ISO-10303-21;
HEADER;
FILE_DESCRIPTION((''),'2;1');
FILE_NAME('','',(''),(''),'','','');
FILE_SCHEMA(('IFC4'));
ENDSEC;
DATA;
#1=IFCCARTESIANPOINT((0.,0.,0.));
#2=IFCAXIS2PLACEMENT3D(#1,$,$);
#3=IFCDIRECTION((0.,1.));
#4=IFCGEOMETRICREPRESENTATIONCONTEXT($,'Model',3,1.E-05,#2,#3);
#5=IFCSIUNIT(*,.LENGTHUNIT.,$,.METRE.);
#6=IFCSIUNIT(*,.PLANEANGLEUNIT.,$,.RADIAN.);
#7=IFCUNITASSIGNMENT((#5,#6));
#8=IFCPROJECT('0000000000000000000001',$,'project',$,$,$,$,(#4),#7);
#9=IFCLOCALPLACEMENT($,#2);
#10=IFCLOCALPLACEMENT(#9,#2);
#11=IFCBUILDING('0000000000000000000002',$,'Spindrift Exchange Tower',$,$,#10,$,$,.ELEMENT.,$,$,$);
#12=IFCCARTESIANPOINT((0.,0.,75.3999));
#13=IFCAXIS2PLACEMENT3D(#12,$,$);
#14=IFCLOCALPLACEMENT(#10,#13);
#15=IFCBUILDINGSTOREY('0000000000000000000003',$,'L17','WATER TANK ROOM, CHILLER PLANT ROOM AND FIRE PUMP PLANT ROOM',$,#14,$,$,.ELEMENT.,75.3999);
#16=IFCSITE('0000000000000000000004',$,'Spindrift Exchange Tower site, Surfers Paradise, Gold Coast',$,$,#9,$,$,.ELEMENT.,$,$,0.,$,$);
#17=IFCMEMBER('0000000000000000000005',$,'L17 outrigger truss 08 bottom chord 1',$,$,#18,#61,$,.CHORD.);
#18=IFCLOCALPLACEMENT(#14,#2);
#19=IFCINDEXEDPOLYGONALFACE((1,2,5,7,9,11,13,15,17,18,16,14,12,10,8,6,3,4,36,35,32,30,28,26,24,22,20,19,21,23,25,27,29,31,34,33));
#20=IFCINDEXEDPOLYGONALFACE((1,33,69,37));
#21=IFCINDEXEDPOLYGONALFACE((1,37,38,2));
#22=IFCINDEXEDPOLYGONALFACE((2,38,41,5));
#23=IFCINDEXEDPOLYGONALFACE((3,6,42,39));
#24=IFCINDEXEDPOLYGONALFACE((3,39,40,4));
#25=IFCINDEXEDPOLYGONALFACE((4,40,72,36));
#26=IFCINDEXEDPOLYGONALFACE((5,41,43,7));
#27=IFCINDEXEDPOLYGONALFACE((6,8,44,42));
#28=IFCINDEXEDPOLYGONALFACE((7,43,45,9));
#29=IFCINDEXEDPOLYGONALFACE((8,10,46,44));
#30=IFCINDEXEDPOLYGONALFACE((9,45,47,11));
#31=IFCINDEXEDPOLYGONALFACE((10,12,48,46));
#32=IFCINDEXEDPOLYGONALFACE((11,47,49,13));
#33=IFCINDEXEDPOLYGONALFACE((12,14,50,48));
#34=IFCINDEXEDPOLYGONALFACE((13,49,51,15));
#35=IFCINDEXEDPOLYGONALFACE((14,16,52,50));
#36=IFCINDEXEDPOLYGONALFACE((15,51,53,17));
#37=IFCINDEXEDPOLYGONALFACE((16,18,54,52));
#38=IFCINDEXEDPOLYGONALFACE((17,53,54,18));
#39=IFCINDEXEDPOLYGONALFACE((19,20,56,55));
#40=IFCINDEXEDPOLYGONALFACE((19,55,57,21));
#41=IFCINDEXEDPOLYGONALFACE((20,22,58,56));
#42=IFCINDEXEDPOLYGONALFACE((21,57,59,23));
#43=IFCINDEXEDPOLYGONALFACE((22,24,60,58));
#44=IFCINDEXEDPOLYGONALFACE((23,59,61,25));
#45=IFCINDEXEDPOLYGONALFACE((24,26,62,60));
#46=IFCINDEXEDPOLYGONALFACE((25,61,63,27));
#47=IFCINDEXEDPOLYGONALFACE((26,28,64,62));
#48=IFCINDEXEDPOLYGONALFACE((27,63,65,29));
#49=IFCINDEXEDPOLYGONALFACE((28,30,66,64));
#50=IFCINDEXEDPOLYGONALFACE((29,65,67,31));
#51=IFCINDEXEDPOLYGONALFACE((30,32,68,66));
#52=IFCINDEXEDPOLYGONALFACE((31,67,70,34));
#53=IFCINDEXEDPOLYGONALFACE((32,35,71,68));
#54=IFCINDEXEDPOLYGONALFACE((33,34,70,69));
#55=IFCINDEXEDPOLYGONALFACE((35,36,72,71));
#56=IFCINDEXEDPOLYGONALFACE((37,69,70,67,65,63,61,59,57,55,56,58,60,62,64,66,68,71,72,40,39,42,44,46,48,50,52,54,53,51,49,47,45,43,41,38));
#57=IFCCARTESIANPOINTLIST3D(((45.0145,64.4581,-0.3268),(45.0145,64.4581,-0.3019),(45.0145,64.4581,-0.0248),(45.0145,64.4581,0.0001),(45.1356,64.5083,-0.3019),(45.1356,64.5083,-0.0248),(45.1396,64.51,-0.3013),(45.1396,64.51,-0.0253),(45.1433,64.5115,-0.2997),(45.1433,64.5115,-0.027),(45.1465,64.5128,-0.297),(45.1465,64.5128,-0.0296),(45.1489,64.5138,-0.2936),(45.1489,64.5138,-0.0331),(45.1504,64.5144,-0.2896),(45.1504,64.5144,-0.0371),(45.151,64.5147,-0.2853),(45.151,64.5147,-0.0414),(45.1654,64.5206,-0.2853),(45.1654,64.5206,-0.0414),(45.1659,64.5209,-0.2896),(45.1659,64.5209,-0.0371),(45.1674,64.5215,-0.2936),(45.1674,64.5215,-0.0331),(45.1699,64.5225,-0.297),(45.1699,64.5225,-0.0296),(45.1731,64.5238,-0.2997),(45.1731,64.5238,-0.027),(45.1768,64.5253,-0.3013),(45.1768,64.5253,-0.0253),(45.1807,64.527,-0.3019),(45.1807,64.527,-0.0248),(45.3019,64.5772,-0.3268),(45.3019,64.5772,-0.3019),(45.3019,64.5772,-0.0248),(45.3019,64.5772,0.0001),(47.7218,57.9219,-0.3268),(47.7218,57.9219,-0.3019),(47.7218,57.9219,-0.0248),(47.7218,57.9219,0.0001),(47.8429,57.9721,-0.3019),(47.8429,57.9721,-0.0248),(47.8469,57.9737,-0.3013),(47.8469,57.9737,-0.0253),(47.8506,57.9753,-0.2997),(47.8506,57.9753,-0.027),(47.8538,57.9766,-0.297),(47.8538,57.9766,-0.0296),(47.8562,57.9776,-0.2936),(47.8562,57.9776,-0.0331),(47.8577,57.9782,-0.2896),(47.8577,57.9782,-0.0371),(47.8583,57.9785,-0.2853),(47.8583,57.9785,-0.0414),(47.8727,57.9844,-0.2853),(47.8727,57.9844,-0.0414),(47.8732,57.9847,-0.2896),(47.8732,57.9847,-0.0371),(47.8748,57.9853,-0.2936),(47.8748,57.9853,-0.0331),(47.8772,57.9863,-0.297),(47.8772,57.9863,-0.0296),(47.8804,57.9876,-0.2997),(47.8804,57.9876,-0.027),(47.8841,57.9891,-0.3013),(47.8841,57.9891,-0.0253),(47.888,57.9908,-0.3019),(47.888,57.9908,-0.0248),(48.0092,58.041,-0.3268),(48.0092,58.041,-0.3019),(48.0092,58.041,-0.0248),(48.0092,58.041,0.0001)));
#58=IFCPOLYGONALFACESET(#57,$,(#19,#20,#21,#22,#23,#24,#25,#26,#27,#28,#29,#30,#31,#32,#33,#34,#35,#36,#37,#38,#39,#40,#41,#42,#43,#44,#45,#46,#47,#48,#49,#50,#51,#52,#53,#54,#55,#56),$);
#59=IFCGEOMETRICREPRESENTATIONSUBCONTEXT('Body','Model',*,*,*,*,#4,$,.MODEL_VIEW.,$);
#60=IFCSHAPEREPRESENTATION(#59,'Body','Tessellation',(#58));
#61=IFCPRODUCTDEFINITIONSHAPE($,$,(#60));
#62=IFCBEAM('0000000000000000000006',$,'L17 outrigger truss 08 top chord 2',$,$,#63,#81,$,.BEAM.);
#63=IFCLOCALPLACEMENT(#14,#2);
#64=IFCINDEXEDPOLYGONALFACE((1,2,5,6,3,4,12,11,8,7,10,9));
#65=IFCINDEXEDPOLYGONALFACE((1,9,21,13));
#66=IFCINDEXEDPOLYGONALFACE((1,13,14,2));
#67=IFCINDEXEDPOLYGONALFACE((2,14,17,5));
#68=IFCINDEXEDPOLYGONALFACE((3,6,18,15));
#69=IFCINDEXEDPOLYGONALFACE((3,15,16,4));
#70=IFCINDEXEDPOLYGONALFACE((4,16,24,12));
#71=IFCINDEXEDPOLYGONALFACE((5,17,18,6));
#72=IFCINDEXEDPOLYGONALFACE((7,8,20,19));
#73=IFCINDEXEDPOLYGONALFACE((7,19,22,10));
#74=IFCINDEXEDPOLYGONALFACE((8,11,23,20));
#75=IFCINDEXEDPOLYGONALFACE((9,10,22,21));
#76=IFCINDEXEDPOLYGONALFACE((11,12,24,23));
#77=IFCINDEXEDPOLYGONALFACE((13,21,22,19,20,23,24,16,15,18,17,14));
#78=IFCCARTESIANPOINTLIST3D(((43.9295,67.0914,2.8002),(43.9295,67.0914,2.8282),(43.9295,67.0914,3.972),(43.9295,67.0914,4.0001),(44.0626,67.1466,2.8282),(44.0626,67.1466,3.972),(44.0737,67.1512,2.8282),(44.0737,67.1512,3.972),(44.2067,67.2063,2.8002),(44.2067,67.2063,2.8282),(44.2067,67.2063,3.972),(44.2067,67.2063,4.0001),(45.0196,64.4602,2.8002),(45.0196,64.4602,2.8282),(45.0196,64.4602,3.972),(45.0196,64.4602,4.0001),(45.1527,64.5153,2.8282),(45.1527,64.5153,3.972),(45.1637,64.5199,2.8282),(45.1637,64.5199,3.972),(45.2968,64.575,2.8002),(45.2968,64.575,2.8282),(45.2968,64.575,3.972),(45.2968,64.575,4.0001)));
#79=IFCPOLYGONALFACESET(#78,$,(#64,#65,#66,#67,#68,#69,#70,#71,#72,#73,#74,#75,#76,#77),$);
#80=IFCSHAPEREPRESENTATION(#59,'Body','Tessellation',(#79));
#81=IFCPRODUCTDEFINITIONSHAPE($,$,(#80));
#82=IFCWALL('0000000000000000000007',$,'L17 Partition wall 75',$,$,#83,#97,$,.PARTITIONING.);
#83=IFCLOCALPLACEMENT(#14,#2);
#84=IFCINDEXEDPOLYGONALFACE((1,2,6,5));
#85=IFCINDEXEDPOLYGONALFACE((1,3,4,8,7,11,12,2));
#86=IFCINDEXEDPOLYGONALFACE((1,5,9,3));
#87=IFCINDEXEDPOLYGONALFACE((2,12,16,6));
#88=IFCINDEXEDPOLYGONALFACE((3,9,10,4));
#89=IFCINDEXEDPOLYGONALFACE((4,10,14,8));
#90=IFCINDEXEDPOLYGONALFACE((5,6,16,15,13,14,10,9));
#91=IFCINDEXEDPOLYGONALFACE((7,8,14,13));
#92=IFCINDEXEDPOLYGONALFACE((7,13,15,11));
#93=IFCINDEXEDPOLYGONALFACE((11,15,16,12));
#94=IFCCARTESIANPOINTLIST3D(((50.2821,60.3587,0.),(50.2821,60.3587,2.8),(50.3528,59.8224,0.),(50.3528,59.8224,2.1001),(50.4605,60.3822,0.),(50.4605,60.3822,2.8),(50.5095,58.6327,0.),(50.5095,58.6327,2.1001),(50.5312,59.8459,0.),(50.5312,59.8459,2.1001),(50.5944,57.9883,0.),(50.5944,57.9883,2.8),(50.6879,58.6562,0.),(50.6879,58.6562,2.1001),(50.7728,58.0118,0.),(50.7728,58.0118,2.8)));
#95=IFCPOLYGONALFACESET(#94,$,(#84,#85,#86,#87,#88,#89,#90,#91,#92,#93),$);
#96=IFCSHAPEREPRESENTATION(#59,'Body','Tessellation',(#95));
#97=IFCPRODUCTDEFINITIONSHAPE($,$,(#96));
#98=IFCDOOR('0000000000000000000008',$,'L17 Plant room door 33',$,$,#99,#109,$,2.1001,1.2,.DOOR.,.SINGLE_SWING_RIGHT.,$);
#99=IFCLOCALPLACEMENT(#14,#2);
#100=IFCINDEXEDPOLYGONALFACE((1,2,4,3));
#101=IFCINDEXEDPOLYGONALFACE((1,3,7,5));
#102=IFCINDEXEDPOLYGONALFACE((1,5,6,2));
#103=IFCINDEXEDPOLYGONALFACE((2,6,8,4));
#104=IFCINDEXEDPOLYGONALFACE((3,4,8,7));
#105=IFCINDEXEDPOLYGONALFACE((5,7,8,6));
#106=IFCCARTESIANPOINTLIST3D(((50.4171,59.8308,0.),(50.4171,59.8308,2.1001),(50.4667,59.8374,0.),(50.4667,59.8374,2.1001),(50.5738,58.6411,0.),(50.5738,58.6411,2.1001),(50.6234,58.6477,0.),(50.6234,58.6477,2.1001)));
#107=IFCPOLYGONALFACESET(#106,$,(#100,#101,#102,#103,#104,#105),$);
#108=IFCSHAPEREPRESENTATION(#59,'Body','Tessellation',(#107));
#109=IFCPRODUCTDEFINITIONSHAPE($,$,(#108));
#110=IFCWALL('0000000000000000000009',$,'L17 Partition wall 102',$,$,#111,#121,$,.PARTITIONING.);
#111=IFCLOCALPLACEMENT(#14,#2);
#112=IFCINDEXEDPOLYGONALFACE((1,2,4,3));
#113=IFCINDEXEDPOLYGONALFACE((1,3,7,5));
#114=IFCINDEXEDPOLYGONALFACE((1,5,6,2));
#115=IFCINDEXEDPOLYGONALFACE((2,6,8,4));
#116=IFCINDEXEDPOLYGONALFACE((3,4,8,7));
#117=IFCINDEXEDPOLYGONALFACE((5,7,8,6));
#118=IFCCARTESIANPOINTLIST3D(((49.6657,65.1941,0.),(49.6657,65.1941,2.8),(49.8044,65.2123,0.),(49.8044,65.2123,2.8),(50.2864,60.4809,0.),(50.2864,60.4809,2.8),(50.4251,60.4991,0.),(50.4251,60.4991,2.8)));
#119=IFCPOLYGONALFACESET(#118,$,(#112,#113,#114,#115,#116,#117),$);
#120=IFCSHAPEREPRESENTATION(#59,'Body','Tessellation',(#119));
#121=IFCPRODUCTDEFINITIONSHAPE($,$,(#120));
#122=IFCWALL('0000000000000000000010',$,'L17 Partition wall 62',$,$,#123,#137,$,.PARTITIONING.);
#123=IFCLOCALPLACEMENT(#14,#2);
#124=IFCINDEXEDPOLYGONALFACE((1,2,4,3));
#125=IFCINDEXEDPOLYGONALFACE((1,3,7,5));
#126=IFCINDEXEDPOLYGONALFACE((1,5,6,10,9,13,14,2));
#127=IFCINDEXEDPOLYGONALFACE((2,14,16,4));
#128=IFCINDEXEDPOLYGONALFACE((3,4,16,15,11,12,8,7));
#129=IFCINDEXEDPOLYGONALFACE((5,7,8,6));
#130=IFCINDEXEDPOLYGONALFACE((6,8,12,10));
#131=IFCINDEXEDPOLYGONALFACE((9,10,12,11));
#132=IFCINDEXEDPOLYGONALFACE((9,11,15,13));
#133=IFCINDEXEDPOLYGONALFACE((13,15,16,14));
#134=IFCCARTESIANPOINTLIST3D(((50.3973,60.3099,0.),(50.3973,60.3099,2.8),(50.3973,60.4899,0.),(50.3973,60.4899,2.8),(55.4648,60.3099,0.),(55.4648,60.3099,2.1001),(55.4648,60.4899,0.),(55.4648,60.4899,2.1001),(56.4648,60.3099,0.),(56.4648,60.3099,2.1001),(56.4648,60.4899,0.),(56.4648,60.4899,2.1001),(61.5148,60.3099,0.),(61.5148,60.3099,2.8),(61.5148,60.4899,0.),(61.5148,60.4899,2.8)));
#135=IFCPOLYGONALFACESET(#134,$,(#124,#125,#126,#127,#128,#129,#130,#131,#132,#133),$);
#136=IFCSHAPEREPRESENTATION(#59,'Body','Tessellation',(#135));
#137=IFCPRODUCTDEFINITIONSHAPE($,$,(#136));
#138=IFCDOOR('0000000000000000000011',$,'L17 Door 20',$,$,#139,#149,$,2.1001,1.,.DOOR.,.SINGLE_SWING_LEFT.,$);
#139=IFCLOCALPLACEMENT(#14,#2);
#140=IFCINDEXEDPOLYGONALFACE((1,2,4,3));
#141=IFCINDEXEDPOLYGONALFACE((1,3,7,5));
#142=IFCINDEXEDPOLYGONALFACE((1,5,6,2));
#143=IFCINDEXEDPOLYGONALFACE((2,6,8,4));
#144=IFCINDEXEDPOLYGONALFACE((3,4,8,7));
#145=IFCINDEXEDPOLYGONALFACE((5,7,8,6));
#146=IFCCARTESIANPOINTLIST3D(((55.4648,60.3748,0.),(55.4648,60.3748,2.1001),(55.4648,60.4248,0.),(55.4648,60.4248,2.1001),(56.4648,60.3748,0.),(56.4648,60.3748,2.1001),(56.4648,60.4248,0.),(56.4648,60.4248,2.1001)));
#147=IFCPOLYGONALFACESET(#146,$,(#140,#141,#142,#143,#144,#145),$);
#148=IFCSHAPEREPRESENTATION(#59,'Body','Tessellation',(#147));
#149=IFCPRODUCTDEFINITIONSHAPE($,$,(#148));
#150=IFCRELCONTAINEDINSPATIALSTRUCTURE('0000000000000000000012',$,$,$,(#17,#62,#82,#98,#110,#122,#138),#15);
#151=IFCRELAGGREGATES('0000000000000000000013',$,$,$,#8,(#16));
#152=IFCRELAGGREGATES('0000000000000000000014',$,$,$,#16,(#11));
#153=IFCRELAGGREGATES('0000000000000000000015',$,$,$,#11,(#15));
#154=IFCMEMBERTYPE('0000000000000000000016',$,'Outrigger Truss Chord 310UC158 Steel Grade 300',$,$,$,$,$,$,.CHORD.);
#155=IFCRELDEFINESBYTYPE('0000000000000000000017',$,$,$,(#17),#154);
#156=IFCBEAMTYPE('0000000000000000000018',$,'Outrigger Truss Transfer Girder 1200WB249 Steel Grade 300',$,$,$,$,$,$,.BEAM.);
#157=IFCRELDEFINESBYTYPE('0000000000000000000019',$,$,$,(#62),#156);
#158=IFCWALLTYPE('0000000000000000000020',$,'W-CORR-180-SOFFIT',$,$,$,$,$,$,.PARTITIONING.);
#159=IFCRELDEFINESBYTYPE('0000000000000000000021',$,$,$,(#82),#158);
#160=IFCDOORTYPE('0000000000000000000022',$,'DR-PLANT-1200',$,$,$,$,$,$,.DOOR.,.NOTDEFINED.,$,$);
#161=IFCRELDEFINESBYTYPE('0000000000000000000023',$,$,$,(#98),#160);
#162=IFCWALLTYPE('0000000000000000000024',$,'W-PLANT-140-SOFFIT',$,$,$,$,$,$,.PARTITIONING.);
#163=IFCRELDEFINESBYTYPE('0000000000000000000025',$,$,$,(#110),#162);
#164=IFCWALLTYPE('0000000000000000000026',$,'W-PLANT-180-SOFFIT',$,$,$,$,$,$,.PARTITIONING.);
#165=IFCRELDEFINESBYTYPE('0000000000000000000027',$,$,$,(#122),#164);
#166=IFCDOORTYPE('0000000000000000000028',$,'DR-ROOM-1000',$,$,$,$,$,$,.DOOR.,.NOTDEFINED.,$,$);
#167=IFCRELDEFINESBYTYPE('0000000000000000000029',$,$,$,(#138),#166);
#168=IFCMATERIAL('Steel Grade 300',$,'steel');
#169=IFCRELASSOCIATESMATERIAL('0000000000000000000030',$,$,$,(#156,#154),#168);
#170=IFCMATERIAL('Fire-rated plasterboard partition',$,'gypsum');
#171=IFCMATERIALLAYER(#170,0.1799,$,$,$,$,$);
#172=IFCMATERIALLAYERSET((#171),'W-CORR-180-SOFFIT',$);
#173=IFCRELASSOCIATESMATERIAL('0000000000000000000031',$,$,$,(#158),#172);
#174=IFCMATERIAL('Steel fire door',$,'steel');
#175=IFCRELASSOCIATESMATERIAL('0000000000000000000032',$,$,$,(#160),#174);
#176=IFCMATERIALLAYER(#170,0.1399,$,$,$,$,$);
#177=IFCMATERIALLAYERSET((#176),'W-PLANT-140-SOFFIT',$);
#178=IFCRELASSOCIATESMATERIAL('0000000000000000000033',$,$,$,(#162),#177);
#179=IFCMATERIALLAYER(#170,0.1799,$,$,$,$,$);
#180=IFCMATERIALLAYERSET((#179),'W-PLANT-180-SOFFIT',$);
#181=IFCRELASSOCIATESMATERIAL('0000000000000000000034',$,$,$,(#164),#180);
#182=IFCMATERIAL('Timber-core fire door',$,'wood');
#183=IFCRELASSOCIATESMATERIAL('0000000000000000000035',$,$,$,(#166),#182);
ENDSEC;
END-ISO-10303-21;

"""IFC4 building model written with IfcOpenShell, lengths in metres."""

from ifc_helpers import new_model, si_unit, direction, frame, frame_2d, origin, origin_2d, place, context, subcontext, project, spatial, rectangle, i_section, extrude, source, transform, mapped, material, layer, layer_set, material_profile, profile_set, type_object, element, fill, save


model = new_model("IFC4")

# Units and contexts
model_context = context("Model", 3, precision=1e-05, world=origin(), true_north=direction((0.0, 1.0)))
body_context = subcontext(model_context, "Body", "Model", "MODEL_VIEW")
ifc_project = project(units=[si_unit("LENGTHUNIT", "METRE"), si_unit("PLANEANGLEUNIT", "RADIAN")], contexts=[model_context])

# Site, building, storey
site_placement = place(None, origin())
site = spatial("IfcSite", under=ifc_project, at=site_placement, Name="Spindrift Exchange Tower site, Surfers Paradise, Gold Coast", CompositionType="ELEMENT", RefElevation=0.0)
building_placement = place(site_placement, origin())
building = spatial("IfcBuilding", under=site, at=building_placement, Name="Spindrift Exchange Tower", CompositionType="ELEMENT")
storey_placement = place(building_placement, frame((0.0, 0.0, 75.3999)))
storey = spatial("IfcBuildingStorey", under=building, at=storey_placement, Name="L17", Description="WATER TANK ROOM, CHILLER PLANT ROOM AND FIRE PUMP PLANT ROOM", CompositionType="ELEMENT", Elevation=75.3999)

# Shared definitions
ifc_material_1 = material(Name="Steel Grade 300", Category="steel")
ifc_material_profile_1 = material_profile(ifc_material_1, i_section(OverallWidth=0.3, OverallDepth=1.2, WebThickness=0.012, FlangeThickness=0.0281, at=origin_2d()), Name="1200WB249")
ifc_profile_set_1 = profile_set([ifc_material_profile_1], Name="Steel Grade 300")
beam_type = type_object("IfcBeamType", Name="Outrigger Truss Transfer Girder 1200WB249 Steel Grade 300", PredefinedType="BEAM", material=ifc_profile_set_1)

# Shared definitions
ifc_material_profile_2 = material_profile(ifc_material_1, i_section(OverallWidth=0.311, OverallDepth=0.3269, WebThickness=0.0156, FlangeThickness=0.0249, FilletRadius=0.0166, at=origin_2d()), Name="310UC158")
ifc_profile_set_2 = profile_set([ifc_material_profile_2], Name="Steel Grade 300")
member_type = type_object("IfcMemberType", Name="Outrigger Truss Chord 310UC158 Steel Grade 300", PredefinedType="CHORD", material=ifc_profile_set_2)

# Member
shared_shape_1 = source(origin(), body_context, "Body", "SweptSolid", [
    extrude(i_section(OverallWidth=0.311, OverallDepth=0.3269, WebThickness=0.0156, FlangeThickness=0.0249, FilletRadius=0.0166, at=origin_2d()), origin(), (0.0, 0.0, 1.0), 7.0747),
])
member_1_placement = place(storey_placement, frame((47.8655, 57.9814, -0.1633), z_axis=(-0.382674, 0.923884, 0.0), x_axis=(-0.923884, -0.382674, 0.0)))
element("IfcMember", 1, at=member_1_placement, inside=storey, type_object=member_type, Name="L17 outrigger truss 08 bottom chord 1", PredefinedType="CHORD", context=body_context, shape_type="MappedRepresentation", body=[
    mapped(shared_shape_1, transform((0.0, 0.0, 0.0), scale=1.0)),
])

# Beam
shared_shape_2 = source(origin(), body_context, "Body", "SweptSolid", [
    extrude(i_section(OverallWidth=0.3, OverallDepth=1.2, WebThickness=0.012, FlangeThickness=0.0281, at=origin_2d()), origin(), (0.0, 0.0, 1.0), 2.8481),
])
beam_1_placement = place(storey_placement, frame((45.1582, 64.5176, 3.4001), z_axis=(-0.382728, 0.923861, 0.0), x_axis=(-0.923861, -0.382728, 0.0)))
element("IfcBeam", 2, at=beam_1_placement, inside=storey, type_object=beam_type, Name="L17 outrigger truss 08 top chord 2", PredefinedType="BEAM", context=body_context, shape_type="MappedRepresentation", body=[
    mapped(shared_shape_2, transform((0.0, 0.0, 0.0), scale=1.0)),
])

# Wall, opening, door
ifc_material_2 = material(Name="Fire-rated plasterboard partition", Category="gypsum")
ifc_layer_1 = layer(ifc_material_2, 0.1799)
ifc_layer_set_1 = layer_set([ifc_layer_1], Name="W-CORR-180-SOFFIT")
wall_type_1 = type_object("IfcWallType", Name="W-CORR-180-SOFFIT", PredefinedType="PARTITIONING", material=ifc_layer_set_1)
wall_1_placement = place(storey_placement, frame((50.3713, 60.3704, 0.0), z_axis=(0.0, 0.0, 1.0), x_axis=(0.130605, -0.991434, 0.0)))
wall_1 = element("IfcWall", 3, at=wall_1_placement, inside=storey, type_object=wall_type_1, Name="L17 Partition wall 75", PredefinedType="PARTITIONING", context=body_context, shape_type="SweptSolid", body=[
    extrude(rectangle(XDim=2.3909, YDim=0.1799, at=frame_2d((1.1953, 0.0))), origin(), (0.0, 0.0, 1.0), 2.8),
])
opening_1_placement = place(wall_1_placement, frame((0.5408, 0.0, 0.0)))
opening_1 = element("IfcOpeningElement", 4, at=opening_1_placement, cuts=wall_1, PredefinedType="OPENING", context=body_context, shape_type="SweptSolid", body=[
    extrude(rectangle(XDim=1.2, YDim=2.1001, at=frame_2d((0.6001, 1.05))), frame((0.0, 0.0999, 0.0), z_axis=(0.0, -1.0, 0.0), x_axis=(1.0, 0.0, 0.0)), (0.0, 0.0, 1.0), 0.2),
])
ifc_material_3 = material(Name="Steel fire door", Category="steel")
door_type_1 = type_object("IfcDoorType", Name="DR-PLANT-1200", OperationType="NOTDEFINED", PredefinedType="DOOR", material=ifc_material_3)
shared_shape_3 = source(origin(), body_context, "Body", "SweptSolid", [
    extrude(rectangle(XDim=1.2, YDim=2.1001, at=frame_2d((0.6001, 1.05))), frame((0.0, 0.0249, 0.0), z_axis=(0.0, -1.0, 0.0), x_axis=(1.0, 0.0, 0.0)), (0.0, 0.0, 1.0), 0.05),
])
door_1_placement = place(opening_1_placement, origin())
door_1 = element("IfcDoor", 5, at=door_1_placement, inside=storey, type_object=door_type_1, Name="L17 Plant room door 33", OperationType="SINGLE_SWING_RIGHT", OverallHeight=2.1001, OverallWidth=1.2, PredefinedType="DOOR", context=body_context, shape_type="MappedRepresentation", body=[
    mapped(shared_shape_3, transform((0.0, 0.0, 0.0), scale=1.0)),
])
fill(opening_1, door_1)

# Wall
ifc_layer_2 = layer(ifc_material_2, 0.1399)
ifc_layer_set_2 = layer_set([ifc_layer_2], Name="W-PLANT-140-SOFFIT")
wall_type_2 = type_object("IfcWallType", Name="W-PLANT-140-SOFFIT", PredefinedType="PARTITIONING", material=ifc_layer_set_2)
wall_2_placement = place(storey_placement, frame((50.3557, 60.49, 0.0), z_axis=(0.0, 0.0, 1.0), x_axis=(-0.130549, 0.991442, 0.0)))
element("IfcWall", 6, at=wall_2_placement, inside=storey, type_object=wall_type_2, Name="L17 Partition wall 102", PredefinedType="PARTITIONING", context=body_context, shape_type="SweptSolid", body=[
    extrude(rectangle(XDim=4.7539, YDim=0.1399, at=frame_2d((2.377, 0.0))), origin(), (0.0, 0.0, 1.0), 2.8),
])

# Wall, opening, door
ifc_layer_3 = layer(ifc_material_2, 0.1799)
ifc_layer_set_3 = layer_set([ifc_layer_3], Name="W-PLANT-180-SOFFIT")
wall_type_3 = type_object("IfcWallType", Name="W-PLANT-180-SOFFIT", PredefinedType="PARTITIONING", material=ifc_layer_set_3)
wall_3_placement = place(storey_placement, frame((50.3975, 60.3999, 0.0), z_axis=(0.0, 0.0, 1.0), x_axis=(1.0, 0.0, 0.0)))
wall_3 = element("IfcWall", 7, at=wall_3_placement, inside=storey, type_object=wall_type_3, Name="L17 Partition wall 62", PredefinedType="PARTITIONING", context=body_context, shape_type="SweptSolid", body=[
    extrude(rectangle(XDim=11.1174, YDim=0.1799, at=frame_2d((5.5586, 0.0))), origin(), (0.0, 0.0, 1.0), 2.8),
])
opening_2_placement = place(wall_3_placement, frame((5.0674, 0.0, 0.0)))
opening_2 = element("IfcOpeningElement", 8, at=opening_2_placement, cuts=wall_3, PredefinedType="OPENING", context=body_context, shape_type="SweptSolid", body=[
    extrude(rectangle(XDim=1.0, YDim=2.1001, at=frame_2d((0.5, 1.05))), frame((0.0, 0.0999, 0.0), z_axis=(0.0, -1.0, 0.0), x_axis=(1.0, 0.0, 0.0)), (0.0, 0.0, 1.0), 0.2),
])
ifc_material_4 = material(Name="Timber-core fire door", Category="wood")
door_type_2 = type_object("IfcDoorType", Name="DR-ROOM-1000", OperationType="NOTDEFINED", PredefinedType="DOOR", material=ifc_material_4)
shared_shape_4 = source(origin(), body_context, "Body", "SweptSolid", [
    extrude(rectangle(XDim=1.0, YDim=2.1001, at=frame_2d((0.5, 1.05))), frame((0.0, 0.0249, 0.0), z_axis=(0.0, -1.0, 0.0), x_axis=(1.0, 0.0, 0.0)), (0.0, 0.0, 1.0), 0.05),
])
door_2_placement = place(opening_2_placement, origin())
door_2 = element("IfcDoor", 9, at=door_2_placement, inside=storey, type_object=door_type_2, Name="L17 Door 20", OperationType="SINGLE_SWING_LEFT", OverallHeight=2.1001, OverallWidth=1.0, PredefinedType="DOOR", context=body_context, shape_type="MappedRepresentation", body=[
    mapped(shared_shape_4, transform((0.0, 0.0, 0.0), scale=1.0)),
])
fill(opening_2, door_2)

save(model, "model.ifc")
